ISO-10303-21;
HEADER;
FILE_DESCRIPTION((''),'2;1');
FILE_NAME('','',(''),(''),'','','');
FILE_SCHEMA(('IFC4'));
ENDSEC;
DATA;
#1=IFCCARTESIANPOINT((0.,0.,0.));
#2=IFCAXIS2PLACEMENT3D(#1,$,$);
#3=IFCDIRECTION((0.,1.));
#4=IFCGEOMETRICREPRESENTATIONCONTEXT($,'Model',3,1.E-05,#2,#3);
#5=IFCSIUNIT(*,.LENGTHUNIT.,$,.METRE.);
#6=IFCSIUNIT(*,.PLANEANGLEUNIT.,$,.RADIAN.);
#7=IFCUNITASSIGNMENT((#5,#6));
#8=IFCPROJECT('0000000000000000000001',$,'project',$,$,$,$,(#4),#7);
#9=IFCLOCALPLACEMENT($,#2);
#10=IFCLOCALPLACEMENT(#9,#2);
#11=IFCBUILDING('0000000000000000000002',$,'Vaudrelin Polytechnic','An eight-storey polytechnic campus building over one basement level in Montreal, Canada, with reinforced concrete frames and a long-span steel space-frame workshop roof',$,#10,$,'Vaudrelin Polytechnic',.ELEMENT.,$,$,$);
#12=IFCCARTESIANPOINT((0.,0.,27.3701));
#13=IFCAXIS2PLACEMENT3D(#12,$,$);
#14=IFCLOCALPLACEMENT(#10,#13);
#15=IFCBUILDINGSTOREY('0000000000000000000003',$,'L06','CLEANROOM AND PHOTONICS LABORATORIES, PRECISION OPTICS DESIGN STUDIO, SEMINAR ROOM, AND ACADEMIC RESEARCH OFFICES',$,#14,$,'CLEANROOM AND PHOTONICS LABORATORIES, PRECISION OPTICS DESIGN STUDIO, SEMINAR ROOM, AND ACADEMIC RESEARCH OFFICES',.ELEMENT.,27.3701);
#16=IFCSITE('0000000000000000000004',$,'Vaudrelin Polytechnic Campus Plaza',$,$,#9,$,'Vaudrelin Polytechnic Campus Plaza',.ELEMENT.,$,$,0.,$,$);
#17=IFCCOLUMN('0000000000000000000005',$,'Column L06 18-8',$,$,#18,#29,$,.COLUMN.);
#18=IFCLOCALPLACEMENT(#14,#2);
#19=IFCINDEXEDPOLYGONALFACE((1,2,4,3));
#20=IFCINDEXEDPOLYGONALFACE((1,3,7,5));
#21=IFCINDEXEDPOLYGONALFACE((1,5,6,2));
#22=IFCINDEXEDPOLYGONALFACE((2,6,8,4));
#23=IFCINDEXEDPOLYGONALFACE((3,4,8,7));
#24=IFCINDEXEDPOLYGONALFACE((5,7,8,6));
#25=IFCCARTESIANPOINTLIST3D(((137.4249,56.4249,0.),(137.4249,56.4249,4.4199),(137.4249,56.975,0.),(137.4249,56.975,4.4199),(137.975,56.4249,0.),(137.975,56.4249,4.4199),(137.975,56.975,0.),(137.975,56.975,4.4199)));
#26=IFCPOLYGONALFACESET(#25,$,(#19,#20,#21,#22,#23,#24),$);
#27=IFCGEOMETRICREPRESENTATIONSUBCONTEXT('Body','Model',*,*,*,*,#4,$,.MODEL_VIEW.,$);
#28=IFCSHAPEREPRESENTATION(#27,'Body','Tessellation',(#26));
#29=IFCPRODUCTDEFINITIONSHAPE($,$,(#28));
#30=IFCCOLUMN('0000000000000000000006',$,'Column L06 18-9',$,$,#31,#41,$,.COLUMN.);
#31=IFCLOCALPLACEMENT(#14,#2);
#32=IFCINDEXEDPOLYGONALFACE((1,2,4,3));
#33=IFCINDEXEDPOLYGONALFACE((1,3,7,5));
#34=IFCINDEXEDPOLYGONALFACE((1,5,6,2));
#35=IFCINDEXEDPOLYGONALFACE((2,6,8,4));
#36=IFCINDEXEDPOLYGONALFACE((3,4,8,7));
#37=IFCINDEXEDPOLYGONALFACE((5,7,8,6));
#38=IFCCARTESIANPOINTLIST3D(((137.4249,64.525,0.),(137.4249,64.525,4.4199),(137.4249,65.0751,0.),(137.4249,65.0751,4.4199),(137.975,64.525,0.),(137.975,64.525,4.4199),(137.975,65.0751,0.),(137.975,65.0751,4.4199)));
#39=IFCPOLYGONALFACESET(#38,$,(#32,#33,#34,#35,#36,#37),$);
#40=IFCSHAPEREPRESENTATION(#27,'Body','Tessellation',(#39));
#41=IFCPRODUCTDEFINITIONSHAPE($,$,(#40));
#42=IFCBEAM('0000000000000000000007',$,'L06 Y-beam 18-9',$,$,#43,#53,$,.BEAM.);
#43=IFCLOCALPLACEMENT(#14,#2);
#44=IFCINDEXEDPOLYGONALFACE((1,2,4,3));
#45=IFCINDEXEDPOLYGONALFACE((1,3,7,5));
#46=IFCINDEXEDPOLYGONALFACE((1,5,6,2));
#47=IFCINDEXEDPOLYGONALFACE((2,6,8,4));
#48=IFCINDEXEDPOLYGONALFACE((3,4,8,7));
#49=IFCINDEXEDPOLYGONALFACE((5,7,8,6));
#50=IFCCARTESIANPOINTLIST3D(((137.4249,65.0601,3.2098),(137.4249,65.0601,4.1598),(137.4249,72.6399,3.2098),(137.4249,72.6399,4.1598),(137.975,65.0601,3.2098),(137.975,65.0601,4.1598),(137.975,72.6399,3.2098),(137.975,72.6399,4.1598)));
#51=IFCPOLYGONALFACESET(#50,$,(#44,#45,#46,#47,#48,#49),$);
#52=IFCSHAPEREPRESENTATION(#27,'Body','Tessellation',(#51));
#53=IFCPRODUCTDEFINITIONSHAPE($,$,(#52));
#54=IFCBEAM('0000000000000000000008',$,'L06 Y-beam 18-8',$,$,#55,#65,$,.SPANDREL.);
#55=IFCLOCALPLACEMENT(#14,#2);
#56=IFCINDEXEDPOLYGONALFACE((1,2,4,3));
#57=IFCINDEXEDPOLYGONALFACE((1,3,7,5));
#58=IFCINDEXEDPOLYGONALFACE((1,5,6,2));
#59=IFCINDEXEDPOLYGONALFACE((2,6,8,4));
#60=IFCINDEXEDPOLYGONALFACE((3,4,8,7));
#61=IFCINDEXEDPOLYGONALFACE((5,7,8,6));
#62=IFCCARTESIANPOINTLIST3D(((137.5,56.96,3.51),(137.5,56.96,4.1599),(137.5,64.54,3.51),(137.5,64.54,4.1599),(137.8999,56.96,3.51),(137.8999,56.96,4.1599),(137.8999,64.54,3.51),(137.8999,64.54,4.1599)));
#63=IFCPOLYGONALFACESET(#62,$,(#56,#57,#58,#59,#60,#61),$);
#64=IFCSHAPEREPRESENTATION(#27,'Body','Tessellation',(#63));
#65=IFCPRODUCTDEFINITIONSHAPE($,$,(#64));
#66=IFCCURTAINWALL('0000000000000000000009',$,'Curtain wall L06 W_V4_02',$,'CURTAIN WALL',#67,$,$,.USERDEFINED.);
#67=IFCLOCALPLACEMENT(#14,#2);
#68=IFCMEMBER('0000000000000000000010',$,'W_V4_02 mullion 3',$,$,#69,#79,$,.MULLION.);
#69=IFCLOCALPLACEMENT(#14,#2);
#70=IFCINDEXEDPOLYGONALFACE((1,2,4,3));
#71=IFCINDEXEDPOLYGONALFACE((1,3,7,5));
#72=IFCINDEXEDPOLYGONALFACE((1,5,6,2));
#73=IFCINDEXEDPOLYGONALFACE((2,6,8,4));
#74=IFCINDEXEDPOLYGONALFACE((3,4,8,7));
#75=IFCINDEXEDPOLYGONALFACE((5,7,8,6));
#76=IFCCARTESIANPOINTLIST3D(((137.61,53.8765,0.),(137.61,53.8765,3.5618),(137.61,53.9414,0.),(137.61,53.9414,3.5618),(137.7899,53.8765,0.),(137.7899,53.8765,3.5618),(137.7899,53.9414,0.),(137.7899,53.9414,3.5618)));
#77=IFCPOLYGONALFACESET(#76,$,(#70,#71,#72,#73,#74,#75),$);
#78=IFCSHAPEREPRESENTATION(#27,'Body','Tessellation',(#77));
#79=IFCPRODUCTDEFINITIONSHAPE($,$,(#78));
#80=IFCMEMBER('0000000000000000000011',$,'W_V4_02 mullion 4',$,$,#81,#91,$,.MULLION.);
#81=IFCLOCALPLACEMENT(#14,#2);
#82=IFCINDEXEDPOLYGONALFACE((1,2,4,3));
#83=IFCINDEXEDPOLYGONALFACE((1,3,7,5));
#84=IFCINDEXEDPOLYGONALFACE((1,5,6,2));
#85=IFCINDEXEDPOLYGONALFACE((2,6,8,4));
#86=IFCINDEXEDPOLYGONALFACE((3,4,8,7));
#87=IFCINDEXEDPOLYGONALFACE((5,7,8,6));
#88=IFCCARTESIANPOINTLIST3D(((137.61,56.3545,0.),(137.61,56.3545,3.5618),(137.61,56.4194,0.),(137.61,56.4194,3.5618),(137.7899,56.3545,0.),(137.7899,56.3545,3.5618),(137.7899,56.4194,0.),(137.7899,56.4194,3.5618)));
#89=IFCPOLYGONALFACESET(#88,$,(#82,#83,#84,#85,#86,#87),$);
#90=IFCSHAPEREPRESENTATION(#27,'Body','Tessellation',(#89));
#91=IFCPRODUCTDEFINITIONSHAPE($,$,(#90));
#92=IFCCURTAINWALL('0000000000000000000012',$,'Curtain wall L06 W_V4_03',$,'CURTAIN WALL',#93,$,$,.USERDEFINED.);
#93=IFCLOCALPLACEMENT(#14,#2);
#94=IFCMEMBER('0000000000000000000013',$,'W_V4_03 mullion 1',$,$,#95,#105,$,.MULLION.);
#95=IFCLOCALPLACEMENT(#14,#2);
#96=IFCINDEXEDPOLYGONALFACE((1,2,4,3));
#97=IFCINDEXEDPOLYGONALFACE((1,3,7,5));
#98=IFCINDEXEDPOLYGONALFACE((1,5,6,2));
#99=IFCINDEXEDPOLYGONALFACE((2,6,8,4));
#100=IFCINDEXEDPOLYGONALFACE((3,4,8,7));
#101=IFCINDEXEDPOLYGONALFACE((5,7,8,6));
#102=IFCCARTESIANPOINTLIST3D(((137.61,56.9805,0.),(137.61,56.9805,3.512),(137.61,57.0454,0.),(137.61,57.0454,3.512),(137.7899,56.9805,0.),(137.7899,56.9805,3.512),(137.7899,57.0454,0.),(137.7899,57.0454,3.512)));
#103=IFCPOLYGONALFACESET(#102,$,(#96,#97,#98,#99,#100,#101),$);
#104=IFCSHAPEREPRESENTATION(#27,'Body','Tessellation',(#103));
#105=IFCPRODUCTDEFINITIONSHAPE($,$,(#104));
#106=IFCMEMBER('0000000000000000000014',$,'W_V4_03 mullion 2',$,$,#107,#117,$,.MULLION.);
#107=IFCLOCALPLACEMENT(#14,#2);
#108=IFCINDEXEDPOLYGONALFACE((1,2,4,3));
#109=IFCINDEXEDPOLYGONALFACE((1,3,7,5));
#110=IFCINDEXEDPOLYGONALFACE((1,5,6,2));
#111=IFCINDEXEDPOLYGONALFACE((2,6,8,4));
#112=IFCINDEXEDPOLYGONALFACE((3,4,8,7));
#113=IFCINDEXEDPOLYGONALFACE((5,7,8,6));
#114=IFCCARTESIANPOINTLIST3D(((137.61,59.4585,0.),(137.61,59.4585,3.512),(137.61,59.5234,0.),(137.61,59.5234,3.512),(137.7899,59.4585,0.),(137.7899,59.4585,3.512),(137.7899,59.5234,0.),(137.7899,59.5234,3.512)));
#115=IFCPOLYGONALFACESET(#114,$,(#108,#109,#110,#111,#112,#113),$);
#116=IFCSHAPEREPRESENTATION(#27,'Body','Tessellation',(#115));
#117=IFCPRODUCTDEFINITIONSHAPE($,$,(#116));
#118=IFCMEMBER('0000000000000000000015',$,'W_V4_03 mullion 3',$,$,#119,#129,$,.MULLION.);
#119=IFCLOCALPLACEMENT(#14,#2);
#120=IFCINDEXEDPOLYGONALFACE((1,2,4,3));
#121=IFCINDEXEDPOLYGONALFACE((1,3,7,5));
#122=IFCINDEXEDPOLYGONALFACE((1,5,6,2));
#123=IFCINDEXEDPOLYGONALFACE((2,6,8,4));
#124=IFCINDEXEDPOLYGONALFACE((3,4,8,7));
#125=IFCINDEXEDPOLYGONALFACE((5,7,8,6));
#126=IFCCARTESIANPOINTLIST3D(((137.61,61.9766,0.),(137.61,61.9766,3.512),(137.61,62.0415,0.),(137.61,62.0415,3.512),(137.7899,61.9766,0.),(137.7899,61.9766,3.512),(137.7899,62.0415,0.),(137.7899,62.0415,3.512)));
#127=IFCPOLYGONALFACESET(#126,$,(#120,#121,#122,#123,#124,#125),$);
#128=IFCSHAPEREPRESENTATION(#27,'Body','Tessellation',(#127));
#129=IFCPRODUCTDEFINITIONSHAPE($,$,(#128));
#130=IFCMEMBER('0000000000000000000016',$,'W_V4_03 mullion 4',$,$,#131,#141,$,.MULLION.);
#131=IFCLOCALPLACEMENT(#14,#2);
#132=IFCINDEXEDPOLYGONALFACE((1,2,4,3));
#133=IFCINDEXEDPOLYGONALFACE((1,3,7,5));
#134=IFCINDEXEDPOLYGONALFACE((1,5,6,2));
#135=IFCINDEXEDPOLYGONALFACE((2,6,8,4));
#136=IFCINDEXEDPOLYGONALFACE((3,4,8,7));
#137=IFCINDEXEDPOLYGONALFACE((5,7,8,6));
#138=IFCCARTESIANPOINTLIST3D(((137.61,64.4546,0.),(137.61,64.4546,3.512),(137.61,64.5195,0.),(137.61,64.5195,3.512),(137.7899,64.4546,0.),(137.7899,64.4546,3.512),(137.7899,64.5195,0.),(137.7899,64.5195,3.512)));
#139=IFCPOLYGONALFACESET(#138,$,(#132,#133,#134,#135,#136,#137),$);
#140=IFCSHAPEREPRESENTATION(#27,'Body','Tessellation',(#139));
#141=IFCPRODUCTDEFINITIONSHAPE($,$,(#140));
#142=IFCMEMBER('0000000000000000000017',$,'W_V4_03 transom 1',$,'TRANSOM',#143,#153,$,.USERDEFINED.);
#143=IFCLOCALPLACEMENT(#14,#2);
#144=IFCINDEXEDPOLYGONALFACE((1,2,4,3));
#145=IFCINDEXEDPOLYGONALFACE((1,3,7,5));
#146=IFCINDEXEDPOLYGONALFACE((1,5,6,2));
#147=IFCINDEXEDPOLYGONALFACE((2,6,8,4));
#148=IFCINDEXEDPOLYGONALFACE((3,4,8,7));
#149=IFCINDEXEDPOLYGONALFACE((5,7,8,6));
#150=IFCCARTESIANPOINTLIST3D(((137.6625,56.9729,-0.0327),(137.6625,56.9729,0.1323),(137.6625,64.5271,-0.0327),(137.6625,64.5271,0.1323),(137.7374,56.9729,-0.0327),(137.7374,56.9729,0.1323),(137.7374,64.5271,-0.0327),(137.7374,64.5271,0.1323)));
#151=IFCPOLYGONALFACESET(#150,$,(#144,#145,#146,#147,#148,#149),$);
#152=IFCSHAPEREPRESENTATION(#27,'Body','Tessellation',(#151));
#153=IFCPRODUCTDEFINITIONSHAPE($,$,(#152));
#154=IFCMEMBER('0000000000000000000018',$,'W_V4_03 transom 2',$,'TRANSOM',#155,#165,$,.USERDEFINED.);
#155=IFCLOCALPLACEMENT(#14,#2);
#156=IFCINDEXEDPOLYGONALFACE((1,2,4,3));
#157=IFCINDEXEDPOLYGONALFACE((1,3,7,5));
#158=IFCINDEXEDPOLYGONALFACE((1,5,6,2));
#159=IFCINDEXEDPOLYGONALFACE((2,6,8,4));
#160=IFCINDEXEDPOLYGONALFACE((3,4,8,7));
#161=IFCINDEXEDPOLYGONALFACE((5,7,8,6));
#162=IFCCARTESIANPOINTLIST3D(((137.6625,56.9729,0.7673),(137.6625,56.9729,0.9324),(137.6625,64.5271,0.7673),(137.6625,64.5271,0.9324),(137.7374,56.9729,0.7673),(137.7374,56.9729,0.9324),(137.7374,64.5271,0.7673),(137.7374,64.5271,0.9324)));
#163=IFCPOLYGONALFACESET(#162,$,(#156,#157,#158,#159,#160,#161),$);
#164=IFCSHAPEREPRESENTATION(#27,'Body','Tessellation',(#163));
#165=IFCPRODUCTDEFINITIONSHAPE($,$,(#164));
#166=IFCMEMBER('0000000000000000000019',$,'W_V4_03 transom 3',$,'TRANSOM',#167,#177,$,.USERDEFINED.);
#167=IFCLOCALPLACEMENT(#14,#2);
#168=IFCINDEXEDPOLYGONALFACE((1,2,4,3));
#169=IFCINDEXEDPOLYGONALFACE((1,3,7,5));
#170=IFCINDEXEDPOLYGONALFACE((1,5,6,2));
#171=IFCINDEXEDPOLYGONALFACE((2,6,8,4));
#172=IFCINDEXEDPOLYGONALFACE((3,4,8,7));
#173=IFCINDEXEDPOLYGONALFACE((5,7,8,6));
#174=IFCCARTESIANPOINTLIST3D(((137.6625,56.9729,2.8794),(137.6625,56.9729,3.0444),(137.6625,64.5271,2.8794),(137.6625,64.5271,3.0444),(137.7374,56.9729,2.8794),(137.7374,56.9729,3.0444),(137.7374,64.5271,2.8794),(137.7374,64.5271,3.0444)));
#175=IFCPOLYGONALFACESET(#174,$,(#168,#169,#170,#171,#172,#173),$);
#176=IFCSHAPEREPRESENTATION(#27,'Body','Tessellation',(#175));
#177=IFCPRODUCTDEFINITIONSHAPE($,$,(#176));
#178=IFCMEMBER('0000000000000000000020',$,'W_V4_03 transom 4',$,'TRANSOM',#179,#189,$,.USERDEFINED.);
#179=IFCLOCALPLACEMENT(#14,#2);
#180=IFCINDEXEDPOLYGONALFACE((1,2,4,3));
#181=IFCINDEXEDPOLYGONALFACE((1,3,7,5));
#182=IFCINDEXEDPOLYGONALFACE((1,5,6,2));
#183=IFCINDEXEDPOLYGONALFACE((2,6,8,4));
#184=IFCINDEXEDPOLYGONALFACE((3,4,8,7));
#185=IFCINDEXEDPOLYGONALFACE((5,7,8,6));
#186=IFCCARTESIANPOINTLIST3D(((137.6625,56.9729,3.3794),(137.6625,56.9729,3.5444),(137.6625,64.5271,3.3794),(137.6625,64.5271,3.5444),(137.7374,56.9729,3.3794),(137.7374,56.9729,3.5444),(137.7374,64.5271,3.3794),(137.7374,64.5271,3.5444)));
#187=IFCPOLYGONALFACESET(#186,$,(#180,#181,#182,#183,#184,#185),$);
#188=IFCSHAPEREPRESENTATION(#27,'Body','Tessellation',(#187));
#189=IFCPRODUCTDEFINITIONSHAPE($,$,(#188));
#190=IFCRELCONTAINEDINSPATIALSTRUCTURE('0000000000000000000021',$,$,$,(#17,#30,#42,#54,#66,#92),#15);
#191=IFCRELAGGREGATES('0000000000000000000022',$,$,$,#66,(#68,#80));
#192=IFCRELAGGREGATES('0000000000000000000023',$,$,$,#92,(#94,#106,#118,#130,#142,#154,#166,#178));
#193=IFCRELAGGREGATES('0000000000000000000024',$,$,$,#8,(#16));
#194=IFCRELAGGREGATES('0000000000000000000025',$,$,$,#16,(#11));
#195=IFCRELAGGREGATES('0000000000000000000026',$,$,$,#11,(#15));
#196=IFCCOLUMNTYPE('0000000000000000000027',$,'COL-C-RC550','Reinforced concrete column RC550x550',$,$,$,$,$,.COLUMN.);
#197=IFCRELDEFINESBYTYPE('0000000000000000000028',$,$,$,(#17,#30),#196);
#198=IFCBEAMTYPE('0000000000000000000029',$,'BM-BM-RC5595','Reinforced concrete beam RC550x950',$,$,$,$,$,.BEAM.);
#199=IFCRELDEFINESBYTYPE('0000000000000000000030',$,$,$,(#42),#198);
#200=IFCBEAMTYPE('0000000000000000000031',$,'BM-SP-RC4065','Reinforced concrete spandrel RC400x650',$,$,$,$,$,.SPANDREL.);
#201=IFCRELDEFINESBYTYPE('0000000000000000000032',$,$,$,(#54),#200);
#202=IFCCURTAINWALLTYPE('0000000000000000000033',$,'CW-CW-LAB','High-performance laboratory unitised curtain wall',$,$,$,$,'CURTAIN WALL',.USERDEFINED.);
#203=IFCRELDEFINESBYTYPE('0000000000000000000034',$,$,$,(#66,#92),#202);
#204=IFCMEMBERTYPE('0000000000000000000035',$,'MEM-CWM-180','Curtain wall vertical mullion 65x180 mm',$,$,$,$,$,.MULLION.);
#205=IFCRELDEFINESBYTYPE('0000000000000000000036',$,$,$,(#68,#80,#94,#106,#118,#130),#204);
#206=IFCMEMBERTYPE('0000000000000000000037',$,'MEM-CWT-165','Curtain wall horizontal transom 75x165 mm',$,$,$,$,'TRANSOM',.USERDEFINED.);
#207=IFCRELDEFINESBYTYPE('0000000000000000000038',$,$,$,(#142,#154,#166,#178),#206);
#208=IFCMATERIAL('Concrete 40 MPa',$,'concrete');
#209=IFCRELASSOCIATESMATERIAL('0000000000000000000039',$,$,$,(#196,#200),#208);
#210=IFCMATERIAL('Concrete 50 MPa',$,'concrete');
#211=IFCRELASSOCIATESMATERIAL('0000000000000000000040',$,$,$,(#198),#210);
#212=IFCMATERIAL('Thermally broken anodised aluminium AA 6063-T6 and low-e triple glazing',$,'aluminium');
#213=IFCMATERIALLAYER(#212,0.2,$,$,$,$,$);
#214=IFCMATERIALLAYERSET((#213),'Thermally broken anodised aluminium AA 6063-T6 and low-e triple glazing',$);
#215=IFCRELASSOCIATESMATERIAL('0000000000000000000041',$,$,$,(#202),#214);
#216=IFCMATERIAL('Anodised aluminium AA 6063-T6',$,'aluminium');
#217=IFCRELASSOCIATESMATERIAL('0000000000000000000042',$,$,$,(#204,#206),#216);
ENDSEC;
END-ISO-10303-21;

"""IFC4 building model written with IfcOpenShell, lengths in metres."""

from ifc_helpers import new_model, si_unit, direction, frame, origin, origin_2d, place, context, subcontext, project, spatial, rectangle, extrude, material, layer, layer_set, material_profile, profile_set, type_object, element, aggregate, save


model = new_model("IFC4")

# Units and contexts
model_context = context("Model", 3, precision=1e-05, world=origin(), true_north=direction((0.0, 1.0)))
body_context = subcontext(model_context, "Body", "Model", "MODEL_VIEW")
ifc_project = project(units=[si_unit("LENGTHUNIT", "METRE"), si_unit("PLANEANGLEUNIT", "RADIAN")], contexts=[model_context])

# Site, building, storey
site_placement = place(None, origin())
site = spatial("IfcSite", under=ifc_project, at=site_placement, Name="Vaudrelin Polytechnic Campus Plaza", LongName="Vaudrelin Polytechnic Campus Plaza", CompositionType="ELEMENT", RefElevation=0.0)
building_placement = place(site_placement, origin())
building = spatial("IfcBuilding", under=site, at=building_placement, Name="Vaudrelin Polytechnic", Description="An eight-storey polytechnic campus building over one basement level in Montreal, Canada, with reinforced concrete frames and a long-span steel space-frame workshop roof", LongName="Vaudrelin Polytechnic", CompositionType="ELEMENT")
storey_placement = place(building_placement, frame((0.0, 0.0, 27.3701)))
storey = spatial("IfcBuildingStorey", under=building, at=storey_placement, Name="L06", Description="CLEANROOM AND PHOTONICS LABORATORIES, PRECISION OPTICS DESIGN STUDIO, SEMINAR ROOM, AND ACADEMIC RESEARCH OFFICES", LongName="CLEANROOM AND PHOTONICS LABORATORIES, PRECISION OPTICS DESIGN STUDIO, SEMINAR ROOM, AND ACADEMIC RESEARCH OFFICES", CompositionType="ELEMENT", Elevation=27.3701)

# Columns
ifc_material_1 = material(Name="Concrete 40 MPa", Category="concrete")
ifc_material_profile_1 = material_profile(ifc_material_1, rectangle(XDim=0.55, YDim=0.55, at=origin_2d()), Name="RC550x550")
ifc_profile_set_1 = profile_set([ifc_material_profile_1], Name="Concrete 40 MPa")
column_type = type_object("IfcColumnType", Name="COL-C-RC550", Description="Reinforced concrete column RC550x550", PredefinedType="COLUMN", material=ifc_profile_set_1)
for number, where, z_axis, x_axis, name in (
    (1, (137.7, 56.7, 0.0), (0.0, 0.0, 1.0), (1.0, 0.0, 0.0), "Column L06 18-8"),
    (2, (137.7, 64.8, 0.0), (0.0, 0.0, 1.0), (1.0, 0.0, 0.0), "Column L06 18-9"),
):
    element("IfcColumn", number, at=place(storey_placement, frame(where, z_axis=z_axis, x_axis=x_axis)), inside=storey, type_object=column_type, Name=name, PredefinedType="COLUMN", context=body_context, shape_type="SweptSolid", body=[
        extrude(rectangle(XDim=0.55, YDim=0.55, at=origin_2d()), origin(), (0.0, 0.0, 1.0), 4.4199),
    ])

# Beams
ifc_material_2 = material(Name="Concrete 50 MPa", Category="concrete")
ifc_material_profile_2 = material_profile(ifc_material_2, rectangle(XDim=0.55, YDim=0.95, at=origin_2d()), Name="RC550x950")
ifc_profile_set_2 = profile_set([ifc_material_profile_2], Name="Concrete 50 MPa")
beam_type_1 = type_object("IfcBeamType", Name="BM-BM-RC5595", Description="Reinforced concrete beam RC550x950", PredefinedType="BEAM", material=ifc_profile_set_2)
beam_1_placement = place(storey_placement, frame((137.7, 65.0601, 3.6848), z_axis=(0.0, 1.0, 0.0), x_axis=(-1.0, 0.0, 0.0)))
element("IfcBeam", 3, at=beam_1_placement, inside=storey, type_object=beam_type_1, Name="L06 Y-beam 18-9", PredefinedType="BEAM", context=body_context, shape_type="SweptSolid", body=[
    extrude(rectangle(XDim=0.55, YDim=0.95, at=origin_2d()), origin(), (0.0, 0.0, 1.0), 7.5798),
])
ifc_material_profile_3 = material_profile(ifc_material_1, rectangle(XDim=0.3999, YDim=0.6499, at=origin_2d()), Name="RC400x650")
ifc_profile_set_3 = profile_set([ifc_material_profile_3], Name="Concrete 40 MPa")
beam_type_2 = type_object("IfcBeamType", Name="BM-SP-RC4065", Description="Reinforced concrete spandrel RC400x650", PredefinedType="SPANDREL", material=ifc_profile_set_3)
beam_2_placement = place(storey_placement, frame((137.7, 56.96, 3.835), z_axis=(0.0, 1.0, 0.0), x_axis=(-1.0, 0.0, 0.0)))
element("IfcBeam", 4, at=beam_2_placement, inside=storey, type_object=beam_type_2, Name="L06 Y-beam 18-8", PredefinedType="SPANDREL", context=body_context, shape_type="SweptSolid", body=[
    extrude(rectangle(XDim=0.3999, YDim=0.6499, at=origin_2d()), origin(), (0.0, 0.0, 1.0), 7.5801),
])

# Curtain walls, members
ifc_material_3 = material(Name="Thermally broken anodised aluminium AA 6063-T6 and low-e triple glazing", Category="aluminium")
ifc_layer_1 = layer(ifc_material_3, 0.2)
ifc_layer_set_1 = layer_set([ifc_layer_1], Name="Thermally broken anodised aluminium AA 6063-T6 and low-e triple glazing")
curtain_wall_type = type_object("IfcCurtainWallType", Name="CW-CW-LAB", Description="High-performance laboratory unitised curtain wall", ElementType="CURTAIN WALL", PredefinedType="USERDEFINED", material=ifc_layer_set_1)
curtain_wall_1_placement = place(storey_placement, origin())
curtain_wall_1 = element("IfcCurtainWall", 5, at=curtain_wall_1_placement, inside=storey, type_object=curtain_wall_type, Name="Curtain wall L06 W_V4_02", ObjectType="CURTAIN WALL", PredefinedType="USERDEFINED")
ifc_material_4 = material(Name="Anodised aluminium AA 6063-T6", Category="aluminium")
ifc_material_profile_4 = material_profile(ifc_material_4, rectangle(XDim=0.0649, YDim=0.1799, at=origin_2d()), Name="CWM-65x180")
ifc_profile_set_4 = profile_set([ifc_material_profile_4], Name="Anodised aluminium AA 6063-T6")
member_type_1 = type_object("IfcMemberType", Name="MEM-CWM-180", Description="Curtain wall vertical mullion 65x180 mm", PredefinedType="MULLION", material=ifc_profile_set_4)
member_1_placement = place(storey_placement, frame((137.7, 53.9089, 0.0), z_axis=(0.0, 0.0, 1.0), x_axis=(0.0, 1.0, 0.0)))
member_1 = element("IfcMember", 6, at=member_1_placement, type_object=member_type_1, Name="W_V4_02 mullion 3", PredefinedType="MULLION", context=body_context, shape_type="SweptSolid", body=[
    extrude(rectangle(XDim=0.0649, YDim=0.1799, at=origin_2d()), origin(), (0.0, 0.0, 1.0), 3.5618),
])
member_2_placement = place(storey_placement, frame((137.7, 56.387, 0.0), z_axis=(0.0, 0.0, 1.0), x_axis=(0.0, 1.0, 0.0)))
member_2 = element("IfcMember", 7, at=member_2_placement, type_object=member_type_1, Name="W_V4_02 mullion 4", PredefinedType="MULLION", context=body_context, shape_type="SweptSolid", body=[
    extrude(rectangle(XDim=0.0649, YDim=0.1799, at=origin_2d()), origin(), (0.0, 0.0, 1.0), 3.5618),
])
curtain_wall_2_placement = place(storey_placement, origin())
curtain_wall_2 = element("IfcCurtainWall", 8, at=curtain_wall_2_placement, inside=storey, type_object=curtain_wall_type, Name="Curtain wall L06 W_V4_03", ObjectType="CURTAIN WALL", PredefinedType="USERDEFINED")
member_3_placement = place(storey_placement, frame((137.7, 57.0129, 0.0), z_axis=(0.0, 0.0, 1.0), x_axis=(0.0, 1.0, 0.0)))
member_3 = element("IfcMember", 9, at=member_3_placement, type_object=member_type_1, Name="W_V4_03 mullion 1", PredefinedType="MULLION", context=body_context, shape_type="SweptSolid", body=[
    extrude(rectangle(XDim=0.0649, YDim=0.1799, at=origin_2d()), origin(), (0.0, 0.0, 1.0), 3.512),
])
member_4_placement = place(storey_placement, frame((137.7, 59.491, 0.0), z_axis=(0.0, 0.0, 1.0), x_axis=(0.0, 1.0, 0.0)))
member_4 = element("IfcMember", 10, at=member_4_placement, type_object=member_type_1, Name="W_V4_03 mullion 2", PredefinedType="MULLION", context=body_context, shape_type="SweptSolid", body=[
    extrude(rectangle(XDim=0.0649, YDim=0.1799, at=origin_2d()), origin(), (0.0, 0.0, 1.0), 3.512),
])
member_5_placement = place(storey_placement, frame((137.7, 62.009, 0.0), z_axis=(0.0, 0.0, 1.0), x_axis=(0.0, 1.0, 0.0)))
member_5 = element("IfcMember", 11, at=member_5_placement, type_object=member_type_1, Name="W_V4_03 mullion 3", PredefinedType="MULLION", context=body_context, shape_type="SweptSolid", body=[
    extrude(rectangle(XDim=0.0649, YDim=0.1799, at=origin_2d()), origin(), (0.0, 0.0, 1.0), 3.512),
])
member_6_placement = place(storey_placement, frame((137.7, 64.4871, 0.0), z_axis=(0.0, 0.0, 1.0), x_axis=(0.0, 1.0, 0.0)))
member_6 = element("IfcMember", 12, at=member_6_placement, type_object=member_type_1, Name="W_V4_03 mullion 4", PredefinedType="MULLION", context=body_context, shape_type="SweptSolid", body=[
    extrude(rectangle(XDim=0.0649, YDim=0.1799, at=origin_2d()), origin(), (0.0, 0.0, 1.0), 3.512),
])
ifc_material_profile_5 = material_profile(ifc_material_4, rectangle(XDim=0.075, YDim=0.165, at=origin_2d()), Name="CWT-75x165")
ifc_profile_set_5 = profile_set([ifc_material_profile_5], Name="Anodised aluminium AA 6063-T6")
member_type_2 = type_object("IfcMemberType", Name="MEM-CWT-165", Description="Curtain wall horizontal transom 75x165 mm", ElementType="TRANSOM", PredefinedType="USERDEFINED", material=ifc_profile_set_5)
member_7_placement = place(storey_placement, frame((137.7, 56.9729, 0.0498), z_axis=(0.0, 1.0, 0.0), x_axis=(-1.0, 0.0, 0.0)))
member_7 = element("IfcMember", 13, at=member_7_placement, type_object=member_type_2, Name="W_V4_03 transom 1", ObjectType="TRANSOM", PredefinedType="USERDEFINED", context=body_context, shape_type="SweptSolid", body=[
    extrude(rectangle(XDim=0.075, YDim=0.165, at=origin_2d()), origin(), (0.0, 0.0, 1.0), 7.5542),
])
member_8_placement = place(storey_placement, frame((137.7, 56.9729, 0.8499), z_axis=(0.0, 1.0, 0.0), x_axis=(-1.0, 0.0, 0.0)))
member_8 = element("IfcMember", 14, at=member_8_placement, type_object=member_type_2, Name="W_V4_03 transom 2", ObjectType="TRANSOM", PredefinedType="USERDEFINED", context=body_context, shape_type="SweptSolid", body=[
    extrude(rectangle(XDim=0.075, YDim=0.165, at=origin_2d()), origin(), (0.0, 0.0, 1.0), 7.5542),
])
member_9_placement = place(storey_placement, frame((137.7, 56.9729, 2.9619), z_axis=(0.0, 1.0, 0.0), x_axis=(-1.0, 0.0, 0.0)))
member_9 = element("IfcMember", 15, at=member_9_placement, type_object=member_type_2, Name="W_V4_03 transom 3", ObjectType="TRANSOM", PredefinedType="USERDEFINED", context=body_context, shape_type="SweptSolid", body=[
    extrude(rectangle(XDim=0.075, YDim=0.165, at=origin_2d()), origin(), (0.0, 0.0, 1.0), 7.5542),
])
member_10_placement = place(storey_placement, frame((137.7, 56.9729, 3.4619), z_axis=(0.0, 1.0, 0.0), x_axis=(-1.0, 0.0, 0.0)))
member_10 = element("IfcMember", 16, at=member_10_placement, type_object=member_type_2, Name="W_V4_03 transom 4", ObjectType="TRANSOM", PredefinedType="USERDEFINED", context=body_context, shape_type="SweptSolid", body=[
    extrude(rectangle(XDim=0.075, YDim=0.165, at=origin_2d()), origin(), (0.0, 0.0, 1.0), 7.5542),
])

aggregate(curtain_wall_1, [member_1, member_2])
aggregate(curtain_wall_2, [member_3, member_4, member_5, member_6, member_7, member_8, member_9, member_10])

save(model, "model.ifc")
